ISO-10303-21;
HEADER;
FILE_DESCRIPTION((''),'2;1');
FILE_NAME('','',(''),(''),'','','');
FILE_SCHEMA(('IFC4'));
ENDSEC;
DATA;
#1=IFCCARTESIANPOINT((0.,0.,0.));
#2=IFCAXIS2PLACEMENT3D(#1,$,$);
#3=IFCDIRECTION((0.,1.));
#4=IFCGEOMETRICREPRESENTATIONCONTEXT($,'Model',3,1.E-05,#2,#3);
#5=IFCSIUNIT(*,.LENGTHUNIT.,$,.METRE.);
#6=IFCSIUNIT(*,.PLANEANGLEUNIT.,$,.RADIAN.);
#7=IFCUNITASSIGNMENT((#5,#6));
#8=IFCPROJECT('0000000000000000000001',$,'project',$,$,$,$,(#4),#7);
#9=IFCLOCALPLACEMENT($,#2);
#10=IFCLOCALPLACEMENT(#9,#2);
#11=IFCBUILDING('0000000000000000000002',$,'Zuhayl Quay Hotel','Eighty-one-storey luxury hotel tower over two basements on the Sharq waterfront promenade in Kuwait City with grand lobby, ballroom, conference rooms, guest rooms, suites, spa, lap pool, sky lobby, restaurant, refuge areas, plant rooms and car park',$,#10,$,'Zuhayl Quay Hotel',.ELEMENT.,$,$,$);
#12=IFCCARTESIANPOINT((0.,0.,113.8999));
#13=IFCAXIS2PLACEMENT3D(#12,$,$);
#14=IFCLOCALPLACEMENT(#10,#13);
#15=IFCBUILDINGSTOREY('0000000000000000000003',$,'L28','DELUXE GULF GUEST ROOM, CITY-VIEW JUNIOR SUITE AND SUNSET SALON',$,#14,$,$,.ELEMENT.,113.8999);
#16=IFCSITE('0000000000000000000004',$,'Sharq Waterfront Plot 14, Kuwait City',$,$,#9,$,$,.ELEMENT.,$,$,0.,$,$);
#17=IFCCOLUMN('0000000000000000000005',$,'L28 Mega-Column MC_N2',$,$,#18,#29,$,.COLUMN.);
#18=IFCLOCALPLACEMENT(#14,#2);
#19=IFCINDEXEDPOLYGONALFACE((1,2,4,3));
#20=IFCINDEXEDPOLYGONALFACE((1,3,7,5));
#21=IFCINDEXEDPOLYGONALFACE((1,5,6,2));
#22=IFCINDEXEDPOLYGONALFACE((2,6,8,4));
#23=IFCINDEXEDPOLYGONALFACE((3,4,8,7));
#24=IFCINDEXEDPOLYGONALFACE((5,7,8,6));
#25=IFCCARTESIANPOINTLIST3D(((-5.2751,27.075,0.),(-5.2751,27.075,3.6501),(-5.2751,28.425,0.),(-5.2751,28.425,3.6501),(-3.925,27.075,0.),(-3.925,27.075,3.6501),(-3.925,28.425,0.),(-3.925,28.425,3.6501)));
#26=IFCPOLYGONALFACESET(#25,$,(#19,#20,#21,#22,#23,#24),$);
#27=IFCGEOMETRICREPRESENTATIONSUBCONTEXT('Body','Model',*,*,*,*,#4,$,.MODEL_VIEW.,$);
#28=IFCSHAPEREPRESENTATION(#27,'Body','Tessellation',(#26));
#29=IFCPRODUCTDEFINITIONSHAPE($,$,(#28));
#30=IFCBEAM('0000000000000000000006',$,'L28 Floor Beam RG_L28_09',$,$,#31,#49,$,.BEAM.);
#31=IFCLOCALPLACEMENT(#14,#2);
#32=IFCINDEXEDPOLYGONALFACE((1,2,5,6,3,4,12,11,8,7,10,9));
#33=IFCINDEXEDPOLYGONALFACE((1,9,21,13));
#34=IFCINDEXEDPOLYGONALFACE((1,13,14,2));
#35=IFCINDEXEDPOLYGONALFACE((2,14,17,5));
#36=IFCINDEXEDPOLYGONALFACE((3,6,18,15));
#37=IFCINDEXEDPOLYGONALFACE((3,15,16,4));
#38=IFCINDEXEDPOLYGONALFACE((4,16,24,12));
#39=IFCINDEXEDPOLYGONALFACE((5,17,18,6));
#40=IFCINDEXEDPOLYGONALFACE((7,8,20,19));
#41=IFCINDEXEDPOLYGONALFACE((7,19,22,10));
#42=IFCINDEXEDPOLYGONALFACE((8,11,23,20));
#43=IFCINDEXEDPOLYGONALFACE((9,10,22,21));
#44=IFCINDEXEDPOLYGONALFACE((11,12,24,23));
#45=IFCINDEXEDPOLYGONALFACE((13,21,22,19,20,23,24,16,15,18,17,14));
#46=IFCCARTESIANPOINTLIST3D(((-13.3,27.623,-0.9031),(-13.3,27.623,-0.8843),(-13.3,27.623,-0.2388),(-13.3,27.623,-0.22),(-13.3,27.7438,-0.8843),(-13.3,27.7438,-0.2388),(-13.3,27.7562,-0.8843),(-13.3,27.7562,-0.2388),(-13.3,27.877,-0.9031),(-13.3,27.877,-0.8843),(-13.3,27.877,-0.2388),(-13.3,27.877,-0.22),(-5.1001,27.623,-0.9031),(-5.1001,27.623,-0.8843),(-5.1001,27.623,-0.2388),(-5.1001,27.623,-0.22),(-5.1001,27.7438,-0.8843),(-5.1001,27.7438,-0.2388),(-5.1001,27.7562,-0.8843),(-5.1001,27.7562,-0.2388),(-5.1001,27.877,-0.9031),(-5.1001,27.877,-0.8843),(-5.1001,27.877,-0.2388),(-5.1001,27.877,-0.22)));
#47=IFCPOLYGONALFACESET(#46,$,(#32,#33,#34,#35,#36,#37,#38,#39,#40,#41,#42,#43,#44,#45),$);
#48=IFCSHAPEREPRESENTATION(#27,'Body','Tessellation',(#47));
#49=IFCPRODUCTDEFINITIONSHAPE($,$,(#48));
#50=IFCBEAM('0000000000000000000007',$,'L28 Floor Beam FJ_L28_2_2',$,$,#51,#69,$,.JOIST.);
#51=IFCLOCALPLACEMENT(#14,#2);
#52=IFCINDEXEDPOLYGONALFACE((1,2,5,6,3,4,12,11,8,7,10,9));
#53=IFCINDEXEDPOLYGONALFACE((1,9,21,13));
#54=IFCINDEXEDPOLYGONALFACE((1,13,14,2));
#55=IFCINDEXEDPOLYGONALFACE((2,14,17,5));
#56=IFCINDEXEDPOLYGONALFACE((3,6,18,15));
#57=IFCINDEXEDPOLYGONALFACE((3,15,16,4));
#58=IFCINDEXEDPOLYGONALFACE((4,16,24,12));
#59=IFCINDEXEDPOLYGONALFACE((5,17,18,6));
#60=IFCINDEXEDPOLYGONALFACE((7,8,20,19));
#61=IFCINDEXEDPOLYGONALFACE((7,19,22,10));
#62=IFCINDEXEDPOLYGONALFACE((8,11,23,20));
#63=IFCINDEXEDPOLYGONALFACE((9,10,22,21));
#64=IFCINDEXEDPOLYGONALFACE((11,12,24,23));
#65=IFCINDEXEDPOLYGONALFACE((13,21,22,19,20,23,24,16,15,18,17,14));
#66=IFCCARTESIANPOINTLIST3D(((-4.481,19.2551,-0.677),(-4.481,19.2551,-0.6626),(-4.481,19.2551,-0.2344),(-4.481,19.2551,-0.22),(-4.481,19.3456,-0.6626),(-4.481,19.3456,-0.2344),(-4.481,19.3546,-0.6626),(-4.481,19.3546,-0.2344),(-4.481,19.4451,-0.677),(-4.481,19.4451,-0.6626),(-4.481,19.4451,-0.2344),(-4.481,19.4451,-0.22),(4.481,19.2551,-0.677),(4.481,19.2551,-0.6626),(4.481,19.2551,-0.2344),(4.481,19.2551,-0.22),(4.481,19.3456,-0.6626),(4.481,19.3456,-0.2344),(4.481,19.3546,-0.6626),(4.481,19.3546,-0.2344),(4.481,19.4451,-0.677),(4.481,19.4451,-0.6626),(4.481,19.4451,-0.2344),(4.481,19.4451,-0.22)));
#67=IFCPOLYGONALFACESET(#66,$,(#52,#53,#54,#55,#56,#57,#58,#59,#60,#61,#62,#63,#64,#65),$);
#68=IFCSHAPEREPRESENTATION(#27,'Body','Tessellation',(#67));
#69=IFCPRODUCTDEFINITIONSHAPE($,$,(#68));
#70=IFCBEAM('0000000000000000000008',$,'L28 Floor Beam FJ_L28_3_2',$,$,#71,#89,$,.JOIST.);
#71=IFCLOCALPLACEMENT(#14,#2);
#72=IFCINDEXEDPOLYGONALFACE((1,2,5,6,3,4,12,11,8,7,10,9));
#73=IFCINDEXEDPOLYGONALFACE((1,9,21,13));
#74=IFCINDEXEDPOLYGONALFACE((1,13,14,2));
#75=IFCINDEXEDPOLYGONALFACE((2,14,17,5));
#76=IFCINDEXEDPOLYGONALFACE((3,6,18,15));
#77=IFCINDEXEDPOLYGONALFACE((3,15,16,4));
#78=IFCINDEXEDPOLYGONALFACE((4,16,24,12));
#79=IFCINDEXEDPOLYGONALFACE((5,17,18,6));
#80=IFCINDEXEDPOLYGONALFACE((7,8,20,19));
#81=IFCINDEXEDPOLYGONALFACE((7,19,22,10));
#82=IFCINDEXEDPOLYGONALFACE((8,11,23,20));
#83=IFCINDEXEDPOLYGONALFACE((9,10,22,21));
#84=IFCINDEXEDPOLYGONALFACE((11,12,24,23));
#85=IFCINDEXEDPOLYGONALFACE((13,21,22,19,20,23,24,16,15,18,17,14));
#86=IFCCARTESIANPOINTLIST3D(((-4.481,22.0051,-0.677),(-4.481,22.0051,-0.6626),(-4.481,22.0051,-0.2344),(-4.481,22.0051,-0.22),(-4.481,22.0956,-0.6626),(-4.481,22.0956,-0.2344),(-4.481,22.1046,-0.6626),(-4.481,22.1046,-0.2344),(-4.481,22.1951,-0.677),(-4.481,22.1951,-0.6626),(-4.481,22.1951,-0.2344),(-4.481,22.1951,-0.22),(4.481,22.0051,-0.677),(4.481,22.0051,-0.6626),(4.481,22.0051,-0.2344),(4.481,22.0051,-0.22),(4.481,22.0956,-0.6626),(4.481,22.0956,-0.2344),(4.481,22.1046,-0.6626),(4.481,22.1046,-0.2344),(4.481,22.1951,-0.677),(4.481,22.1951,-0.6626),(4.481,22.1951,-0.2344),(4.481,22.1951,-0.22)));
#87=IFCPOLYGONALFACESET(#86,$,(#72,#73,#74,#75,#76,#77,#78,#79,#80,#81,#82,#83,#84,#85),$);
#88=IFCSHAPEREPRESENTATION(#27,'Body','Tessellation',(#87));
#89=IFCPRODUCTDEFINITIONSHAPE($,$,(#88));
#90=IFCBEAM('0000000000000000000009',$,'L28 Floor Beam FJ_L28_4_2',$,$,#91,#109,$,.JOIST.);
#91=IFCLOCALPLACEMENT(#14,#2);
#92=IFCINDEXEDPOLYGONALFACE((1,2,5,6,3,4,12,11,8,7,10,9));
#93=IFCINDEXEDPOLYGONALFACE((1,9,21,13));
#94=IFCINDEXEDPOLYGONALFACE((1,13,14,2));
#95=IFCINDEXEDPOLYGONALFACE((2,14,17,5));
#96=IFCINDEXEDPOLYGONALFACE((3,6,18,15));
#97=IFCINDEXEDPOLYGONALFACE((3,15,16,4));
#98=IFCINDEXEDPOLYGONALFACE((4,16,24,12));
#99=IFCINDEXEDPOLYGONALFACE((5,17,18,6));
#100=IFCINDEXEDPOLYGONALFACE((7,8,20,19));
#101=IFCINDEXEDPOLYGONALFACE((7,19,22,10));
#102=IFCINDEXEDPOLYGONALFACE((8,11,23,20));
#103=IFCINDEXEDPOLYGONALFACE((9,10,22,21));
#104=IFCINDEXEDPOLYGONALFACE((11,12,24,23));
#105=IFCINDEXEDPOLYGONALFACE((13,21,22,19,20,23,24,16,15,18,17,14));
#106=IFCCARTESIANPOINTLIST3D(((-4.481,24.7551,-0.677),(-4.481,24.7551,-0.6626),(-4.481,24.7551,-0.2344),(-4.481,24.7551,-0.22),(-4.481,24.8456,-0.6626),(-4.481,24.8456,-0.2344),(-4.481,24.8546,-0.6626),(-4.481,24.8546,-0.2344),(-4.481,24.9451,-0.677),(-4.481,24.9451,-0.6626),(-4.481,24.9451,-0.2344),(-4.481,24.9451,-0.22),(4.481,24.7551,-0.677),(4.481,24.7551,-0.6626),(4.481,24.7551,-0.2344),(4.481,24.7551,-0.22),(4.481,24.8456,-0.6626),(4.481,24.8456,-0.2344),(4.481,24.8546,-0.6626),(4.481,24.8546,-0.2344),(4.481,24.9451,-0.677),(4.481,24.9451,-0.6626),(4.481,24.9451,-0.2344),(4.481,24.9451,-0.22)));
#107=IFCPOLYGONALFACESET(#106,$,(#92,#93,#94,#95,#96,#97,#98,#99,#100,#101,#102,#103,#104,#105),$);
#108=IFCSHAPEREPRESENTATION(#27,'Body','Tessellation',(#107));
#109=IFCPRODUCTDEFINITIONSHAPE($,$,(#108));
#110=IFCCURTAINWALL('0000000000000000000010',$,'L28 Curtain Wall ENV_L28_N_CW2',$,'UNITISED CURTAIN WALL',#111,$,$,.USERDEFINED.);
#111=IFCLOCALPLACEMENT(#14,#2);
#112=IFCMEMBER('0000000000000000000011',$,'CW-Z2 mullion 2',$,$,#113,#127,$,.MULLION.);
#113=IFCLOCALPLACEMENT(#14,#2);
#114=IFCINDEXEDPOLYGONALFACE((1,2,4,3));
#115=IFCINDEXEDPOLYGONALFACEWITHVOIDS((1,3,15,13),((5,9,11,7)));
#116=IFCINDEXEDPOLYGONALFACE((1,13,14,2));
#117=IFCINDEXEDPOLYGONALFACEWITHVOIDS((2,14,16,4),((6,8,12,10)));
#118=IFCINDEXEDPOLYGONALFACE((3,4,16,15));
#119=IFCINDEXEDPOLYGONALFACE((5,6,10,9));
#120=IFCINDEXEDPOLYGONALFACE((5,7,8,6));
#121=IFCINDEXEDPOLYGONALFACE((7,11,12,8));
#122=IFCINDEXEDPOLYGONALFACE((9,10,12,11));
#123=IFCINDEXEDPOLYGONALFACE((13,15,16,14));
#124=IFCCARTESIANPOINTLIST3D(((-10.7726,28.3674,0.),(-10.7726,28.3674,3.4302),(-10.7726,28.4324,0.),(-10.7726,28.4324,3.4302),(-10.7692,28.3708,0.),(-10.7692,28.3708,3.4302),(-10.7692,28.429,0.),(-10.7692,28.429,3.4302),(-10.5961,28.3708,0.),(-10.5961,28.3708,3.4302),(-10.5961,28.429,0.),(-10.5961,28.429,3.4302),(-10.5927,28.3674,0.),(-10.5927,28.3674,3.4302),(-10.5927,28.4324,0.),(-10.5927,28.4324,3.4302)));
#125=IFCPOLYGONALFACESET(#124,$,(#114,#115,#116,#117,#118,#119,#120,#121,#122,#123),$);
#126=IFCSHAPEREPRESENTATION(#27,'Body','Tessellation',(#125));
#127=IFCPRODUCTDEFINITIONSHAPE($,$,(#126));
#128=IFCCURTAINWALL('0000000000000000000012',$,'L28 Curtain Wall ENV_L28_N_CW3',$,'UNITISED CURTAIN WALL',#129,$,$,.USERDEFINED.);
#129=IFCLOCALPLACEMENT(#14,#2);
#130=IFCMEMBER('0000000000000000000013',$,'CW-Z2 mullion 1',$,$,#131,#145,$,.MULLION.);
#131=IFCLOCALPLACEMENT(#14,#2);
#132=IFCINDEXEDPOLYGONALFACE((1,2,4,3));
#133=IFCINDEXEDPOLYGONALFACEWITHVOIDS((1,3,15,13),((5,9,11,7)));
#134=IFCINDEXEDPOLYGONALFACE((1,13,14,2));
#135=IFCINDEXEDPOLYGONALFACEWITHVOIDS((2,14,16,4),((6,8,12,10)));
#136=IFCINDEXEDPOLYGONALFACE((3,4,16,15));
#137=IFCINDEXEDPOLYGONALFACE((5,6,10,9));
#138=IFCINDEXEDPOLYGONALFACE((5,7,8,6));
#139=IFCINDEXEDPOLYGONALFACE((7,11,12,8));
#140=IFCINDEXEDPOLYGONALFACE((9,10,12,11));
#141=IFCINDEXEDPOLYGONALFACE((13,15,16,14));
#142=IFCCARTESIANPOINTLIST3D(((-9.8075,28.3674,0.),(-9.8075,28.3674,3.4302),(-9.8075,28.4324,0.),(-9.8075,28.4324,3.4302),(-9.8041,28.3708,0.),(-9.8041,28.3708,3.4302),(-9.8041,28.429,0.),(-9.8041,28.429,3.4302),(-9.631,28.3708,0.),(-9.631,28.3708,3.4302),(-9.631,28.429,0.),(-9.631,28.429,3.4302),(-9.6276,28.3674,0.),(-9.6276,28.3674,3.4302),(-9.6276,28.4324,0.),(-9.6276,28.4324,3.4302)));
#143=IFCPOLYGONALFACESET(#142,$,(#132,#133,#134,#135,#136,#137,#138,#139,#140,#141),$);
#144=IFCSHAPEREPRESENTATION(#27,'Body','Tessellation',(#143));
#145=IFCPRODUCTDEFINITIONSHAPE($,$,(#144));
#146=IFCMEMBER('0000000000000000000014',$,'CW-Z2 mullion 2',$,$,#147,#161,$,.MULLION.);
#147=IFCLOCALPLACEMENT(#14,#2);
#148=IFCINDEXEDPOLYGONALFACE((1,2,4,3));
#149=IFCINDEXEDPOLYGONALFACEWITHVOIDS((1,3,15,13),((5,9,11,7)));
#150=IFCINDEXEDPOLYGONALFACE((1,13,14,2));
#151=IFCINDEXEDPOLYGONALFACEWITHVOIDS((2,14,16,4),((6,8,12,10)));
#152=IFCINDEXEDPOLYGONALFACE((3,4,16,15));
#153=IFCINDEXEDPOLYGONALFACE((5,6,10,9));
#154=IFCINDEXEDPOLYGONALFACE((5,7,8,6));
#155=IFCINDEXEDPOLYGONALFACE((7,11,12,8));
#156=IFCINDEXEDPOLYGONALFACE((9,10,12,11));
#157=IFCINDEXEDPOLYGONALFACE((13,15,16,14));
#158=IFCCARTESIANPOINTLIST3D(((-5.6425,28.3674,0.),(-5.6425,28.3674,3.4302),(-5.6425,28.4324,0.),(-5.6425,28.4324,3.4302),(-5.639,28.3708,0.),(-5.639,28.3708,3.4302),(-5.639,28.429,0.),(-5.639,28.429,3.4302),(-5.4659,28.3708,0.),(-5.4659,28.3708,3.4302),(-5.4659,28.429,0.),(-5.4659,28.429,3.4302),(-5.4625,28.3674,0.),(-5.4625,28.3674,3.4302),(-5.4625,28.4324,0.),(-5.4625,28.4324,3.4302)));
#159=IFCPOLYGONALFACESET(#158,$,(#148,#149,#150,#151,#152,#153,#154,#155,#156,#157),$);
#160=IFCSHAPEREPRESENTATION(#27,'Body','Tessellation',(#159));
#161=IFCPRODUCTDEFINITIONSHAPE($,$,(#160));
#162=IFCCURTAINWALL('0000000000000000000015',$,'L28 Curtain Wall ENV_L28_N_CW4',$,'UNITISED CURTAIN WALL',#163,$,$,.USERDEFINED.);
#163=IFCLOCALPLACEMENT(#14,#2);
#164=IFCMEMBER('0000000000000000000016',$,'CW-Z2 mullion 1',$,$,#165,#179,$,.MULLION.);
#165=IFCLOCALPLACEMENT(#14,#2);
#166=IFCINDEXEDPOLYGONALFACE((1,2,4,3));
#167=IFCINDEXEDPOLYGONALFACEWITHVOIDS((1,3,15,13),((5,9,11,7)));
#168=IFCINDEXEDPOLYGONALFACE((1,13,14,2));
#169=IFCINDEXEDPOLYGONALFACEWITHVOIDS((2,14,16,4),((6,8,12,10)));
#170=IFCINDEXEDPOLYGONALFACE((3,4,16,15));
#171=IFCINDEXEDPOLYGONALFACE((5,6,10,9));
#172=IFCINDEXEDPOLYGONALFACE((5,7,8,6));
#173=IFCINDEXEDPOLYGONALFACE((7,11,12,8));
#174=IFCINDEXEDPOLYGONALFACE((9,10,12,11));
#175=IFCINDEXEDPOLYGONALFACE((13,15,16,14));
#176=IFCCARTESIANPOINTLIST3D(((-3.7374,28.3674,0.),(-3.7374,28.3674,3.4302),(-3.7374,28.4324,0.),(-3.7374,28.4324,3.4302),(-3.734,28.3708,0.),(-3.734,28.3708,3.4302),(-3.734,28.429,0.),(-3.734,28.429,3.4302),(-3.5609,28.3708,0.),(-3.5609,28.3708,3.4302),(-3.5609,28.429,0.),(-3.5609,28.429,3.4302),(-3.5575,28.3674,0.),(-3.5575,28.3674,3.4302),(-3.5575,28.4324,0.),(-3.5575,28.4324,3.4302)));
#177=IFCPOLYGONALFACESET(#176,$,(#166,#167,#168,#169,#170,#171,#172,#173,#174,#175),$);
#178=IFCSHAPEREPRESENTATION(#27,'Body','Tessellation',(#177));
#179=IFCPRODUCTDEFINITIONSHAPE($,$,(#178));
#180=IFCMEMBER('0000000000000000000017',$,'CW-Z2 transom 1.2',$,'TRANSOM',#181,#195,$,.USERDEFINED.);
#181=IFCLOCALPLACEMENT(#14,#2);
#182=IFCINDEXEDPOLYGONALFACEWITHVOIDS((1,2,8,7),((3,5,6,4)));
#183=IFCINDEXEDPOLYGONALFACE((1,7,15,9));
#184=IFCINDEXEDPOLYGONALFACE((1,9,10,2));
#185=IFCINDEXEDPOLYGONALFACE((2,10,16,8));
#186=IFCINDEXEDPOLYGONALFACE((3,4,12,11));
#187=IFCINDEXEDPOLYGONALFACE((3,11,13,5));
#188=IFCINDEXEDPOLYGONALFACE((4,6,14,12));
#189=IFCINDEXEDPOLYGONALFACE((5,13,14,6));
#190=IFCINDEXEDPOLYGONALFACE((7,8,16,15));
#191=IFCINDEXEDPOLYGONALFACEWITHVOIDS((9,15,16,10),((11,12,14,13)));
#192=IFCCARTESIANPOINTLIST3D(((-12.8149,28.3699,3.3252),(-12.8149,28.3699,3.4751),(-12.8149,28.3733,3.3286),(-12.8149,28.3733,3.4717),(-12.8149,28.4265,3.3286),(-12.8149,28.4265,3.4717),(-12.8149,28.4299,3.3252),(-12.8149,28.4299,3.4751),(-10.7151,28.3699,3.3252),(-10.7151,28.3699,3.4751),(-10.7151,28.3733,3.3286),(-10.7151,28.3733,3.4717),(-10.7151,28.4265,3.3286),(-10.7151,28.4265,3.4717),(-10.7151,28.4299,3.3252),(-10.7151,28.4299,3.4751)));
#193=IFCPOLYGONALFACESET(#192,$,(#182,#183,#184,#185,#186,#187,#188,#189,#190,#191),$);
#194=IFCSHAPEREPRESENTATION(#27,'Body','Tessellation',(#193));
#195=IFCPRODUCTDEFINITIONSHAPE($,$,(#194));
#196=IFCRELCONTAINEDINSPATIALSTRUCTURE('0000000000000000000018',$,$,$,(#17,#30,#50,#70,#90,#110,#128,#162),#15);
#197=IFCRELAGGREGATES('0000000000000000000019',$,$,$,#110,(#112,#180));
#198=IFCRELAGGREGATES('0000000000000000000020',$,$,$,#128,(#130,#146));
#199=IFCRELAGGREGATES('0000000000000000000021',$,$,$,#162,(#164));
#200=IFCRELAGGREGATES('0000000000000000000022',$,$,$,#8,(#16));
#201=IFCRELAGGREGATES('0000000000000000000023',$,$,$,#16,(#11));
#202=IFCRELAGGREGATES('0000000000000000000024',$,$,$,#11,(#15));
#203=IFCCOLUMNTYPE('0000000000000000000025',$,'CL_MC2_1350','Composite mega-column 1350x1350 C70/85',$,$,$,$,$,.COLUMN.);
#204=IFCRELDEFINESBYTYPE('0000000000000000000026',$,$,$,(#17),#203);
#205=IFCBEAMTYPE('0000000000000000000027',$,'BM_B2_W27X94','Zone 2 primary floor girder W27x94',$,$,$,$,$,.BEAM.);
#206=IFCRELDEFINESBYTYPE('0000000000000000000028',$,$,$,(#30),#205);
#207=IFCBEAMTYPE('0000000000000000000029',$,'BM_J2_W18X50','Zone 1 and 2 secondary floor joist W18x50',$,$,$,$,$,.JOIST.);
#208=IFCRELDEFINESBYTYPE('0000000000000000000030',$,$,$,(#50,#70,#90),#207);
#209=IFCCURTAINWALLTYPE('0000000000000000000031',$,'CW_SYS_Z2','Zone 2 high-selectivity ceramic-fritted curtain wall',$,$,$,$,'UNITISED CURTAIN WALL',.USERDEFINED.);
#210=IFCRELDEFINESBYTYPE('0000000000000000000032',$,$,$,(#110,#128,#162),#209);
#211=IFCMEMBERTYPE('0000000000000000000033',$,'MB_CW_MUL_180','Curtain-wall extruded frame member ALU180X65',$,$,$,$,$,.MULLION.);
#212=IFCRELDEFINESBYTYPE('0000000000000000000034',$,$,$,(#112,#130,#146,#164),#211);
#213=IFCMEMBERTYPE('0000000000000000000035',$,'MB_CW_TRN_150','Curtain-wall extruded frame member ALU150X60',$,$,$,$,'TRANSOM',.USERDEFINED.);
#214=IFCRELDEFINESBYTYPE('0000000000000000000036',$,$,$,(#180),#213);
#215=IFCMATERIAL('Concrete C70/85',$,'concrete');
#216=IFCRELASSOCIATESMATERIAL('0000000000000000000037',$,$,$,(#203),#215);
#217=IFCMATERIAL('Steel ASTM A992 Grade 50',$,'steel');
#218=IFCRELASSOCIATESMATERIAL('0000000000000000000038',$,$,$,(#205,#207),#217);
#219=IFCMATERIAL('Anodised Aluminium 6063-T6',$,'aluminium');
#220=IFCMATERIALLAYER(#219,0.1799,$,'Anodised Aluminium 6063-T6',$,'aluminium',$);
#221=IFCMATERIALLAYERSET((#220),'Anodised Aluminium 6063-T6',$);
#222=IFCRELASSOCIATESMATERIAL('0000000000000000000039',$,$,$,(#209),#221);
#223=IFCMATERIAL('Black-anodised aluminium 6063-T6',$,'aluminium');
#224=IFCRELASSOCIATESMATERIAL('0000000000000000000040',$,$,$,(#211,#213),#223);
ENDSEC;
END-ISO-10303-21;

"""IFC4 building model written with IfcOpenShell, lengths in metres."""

from ifc_helpers import new_model, si_unit, direction, frame, origin, origin_2d, place, context, subcontext, project, spatial, rectangle, hollow_rectangle, i_section, extrude, material, layer, layer_set, material_profile, profile_set, type_object, element, aggregate, save


model = new_model("IFC4")

# Units and contexts
model_context = context("Model", 3, precision=1e-05, world=origin(), true_north=direction((0.0, 1.0)))
body_context = subcontext(model_context, "Body", "Model", "MODEL_VIEW")
ifc_project = project(units=[si_unit("LENGTHUNIT", "METRE"), si_unit("PLANEANGLEUNIT", "RADIAN")], contexts=[model_context])

# Site, building, storey
site_placement = place(None, origin())
site = spatial("IfcSite", under=ifc_project, at=site_placement, Name="Sharq Waterfront Plot 14, Kuwait City", CompositionType="ELEMENT", RefElevation=0.0)
building_placement = place(site_placement, origin())
building = spatial("IfcBuilding", under=site, at=building_placement, Name="Zuhayl Quay Hotel", Description="Eighty-one-storey luxury hotel tower over two basements on the Sharq waterfront promenade in Kuwait City with grand lobby, ballroom, conference rooms, guest rooms, suites, spa, lap pool, sky lobby, restaurant, refuge areas, plant rooms and car park", LongName="Zuhayl Quay Hotel", CompositionType="ELEMENT")
storey_placement = place(building_placement, frame((0.0, 0.0, 113.8999)))
storey = spatial("IfcBuildingStorey", under=building, at=storey_placement, Name="L28", Description="DELUXE GULF GUEST ROOM, CITY-VIEW JUNIOR SUITE AND SUNSET SALON", CompositionType="ELEMENT", Elevation=113.8999)

# Column
ifc_material_1 = material(Name="Concrete C70/85", Category="concrete")
ifc_material_profile_1 = material_profile(ifc_material_1, rectangle(XDim=1.3501, YDim=1.3501, at=origin_2d()), Name="RC1350X1350")
ifc_profile_set_1 = profile_set([ifc_material_profile_1], Name="Concrete C70/85")
column_type = type_object("IfcColumnType", Name="CL_MC2_1350", Description="Composite mega-column 1350x1350 C70/85", PredefinedType="COLUMN", material=ifc_profile_set_1)
column_placement = place(storey_placement, frame((-4.6001, 27.75, 0.0), z_axis=(0.0, 0.0, 1.0), x_axis=(1.0, 0.0, 0.0)))
element("IfcColumn", 1, at=column_placement, inside=storey, type_object=column_type, Name="L28 Mega-Column MC_N2", PredefinedType="COLUMN", context=body_context, shape_type="SweptSolid", body=[
    extrude(rectangle(XDim=1.3501, YDim=1.3501, at=origin_2d()), origin(), (0.0, 0.0, 1.0), 3.6501),
])

# Beams
ifc_material_2 = material(Name="Steel ASTM A992 Grade 50", Category="steel")
ifc_material_profile_2 = material_profile(ifc_material_2, i_section(OverallWidth=0.2539, OverallDepth=0.6831, WebThickness=0.0125, FlangeThickness=0.0188, at=origin_2d()), Name="W27X94")
ifc_profile_set_2 = profile_set([ifc_material_profile_2], Name="Steel ASTM A992 Grade 50")
beam_type_1 = type_object("IfcBeamType", Name="BM_B2_W27X94", Description="Zone 2 primary floor girder W27x94", PredefinedType="BEAM", material=ifc_profile_set_2)
beam_placement = place(storey_placement, frame((-5.1001, 27.75, -0.5615), z_axis=(-1.0, 0.0, 0.0), x_axis=(0.0, -1.0, 0.0)))
element("IfcBeam", 2, at=beam_placement, inside=storey, type_object=beam_type_1, Name="L28 Floor Beam RG_L28_09", PredefinedType="BEAM", context=body_context, shape_type="SweptSolid", body=[
    extrude(i_section(OverallWidth=0.2539, OverallDepth=0.6831, WebThickness=0.0125, FlangeThickness=0.0188, at=origin_2d()), origin(), (0.0, 0.0, 1.0), 8.2),
])
ifc_material_profile_3 = material_profile(ifc_material_2, i_section(OverallWidth=0.1899, OverallDepth=0.457, WebThickness=0.009, FlangeThickness=0.0144, at=origin_2d()), Name="W18X50")
ifc_profile_set_3 = profile_set([ifc_material_profile_3], Name="Steel ASTM A992 Grade 50")
beam_type_2 = type_object("IfcBeamType", Name="BM_J2_W18X50", Description="Zone 1 and 2 secondary floor joist W18x50", PredefinedType="JOIST", material=ifc_profile_set_3)
for number, where, z_axis, x_axis, name in (
    (3, (-4.481, 19.3501, -0.4485), (1.0, 0.0, 0.0), (0.0, 1.0, 0.0), "L28 Floor Beam FJ_L28_2_2"),
    (4, (-4.481, 22.1001, -0.4485), (1.0, 0.0, 0.0), (0.0, 1.0, 0.0), "L28 Floor Beam FJ_L28_3_2"),
    (5, (-4.481, 24.8501, -0.4485), (1.0, 0.0, 0.0), (0.0, 1.0, 0.0), "L28 Floor Beam FJ_L28_4_2"),
):
    element("IfcBeam", number, at=place(storey_placement, frame(where, z_axis=z_axis, x_axis=x_axis)), inside=storey, type_object=beam_type_2, Name=name, PredefinedType="JOIST", context=body_context, shape_type="SweptSolid", body=[
        extrude(i_section(OverallWidth=0.1899, OverallDepth=0.457, WebThickness=0.009, FlangeThickness=0.0144, at=origin_2d()), origin(), (0.0, 0.0, 1.0), 8.9619),
    ])

# Curtain wall, member
ifc_material_3 = material(Name="Anodised Aluminium 6063-T6", Category="aluminium")
ifc_layer_1 = layer(ifc_material_3, 0.1799, Name="Anodised Aluminium 6063-T6", Category="aluminium")
ifc_layer_set_1 = layer_set([ifc_layer_1], Name="Anodised Aluminium 6063-T6")
curtain_wall_type = type_object("IfcCurtainWallType", Name="CW_SYS_Z2", Description="Zone 2 high-selectivity ceramic-fritted curtain wall", ElementType="UNITISED CURTAIN WALL", PredefinedType="USERDEFINED", material=ifc_layer_set_1)
curtain_wall_1_placement = place(storey_placement, origin())
curtain_wall_1 = element("IfcCurtainWall", 6, at=curtain_wall_1_placement, inside=storey, type_object=curtain_wall_type, Name="L28 Curtain Wall ENV_L28_N_CW2", ObjectType="UNITISED CURTAIN WALL", PredefinedType="USERDEFINED")
ifc_material_4 = material(Name="Black-anodised aluminium 6063-T6", Category="aluminium")
ifc_material_profile_4 = material_profile(ifc_material_4, hollow_rectangle(XDim=0.0649, YDim=0.1799, WallThickness=0.0034, at=origin_2d()), Name="ALU180X65")
ifc_profile_set_4 = profile_set([ifc_material_profile_4], Name="Black-anodised aluminium 6063-T6")
member_type_1 = type_object("IfcMemberType", Name="MB_CW_MUL_180", Description="Curtain-wall extruded frame member ALU180X65", PredefinedType="MULLION", material=ifc_profile_set_4)
member_1_placement = place(storey_placement, frame((-10.6826, 28.3999, 0.0), z_axis=(0.0, 0.0, 1.0), x_axis=(0.0, 1.0, 0.0)))
member_1 = element("IfcMember", 7, at=member_1_placement, type_object=member_type_1, Name="CW-Z2 mullion 2", PredefinedType="MULLION", context=body_context, shape_type="SweptSolid", body=[
    extrude(hollow_rectangle(XDim=0.0649, YDim=0.1799, WallThickness=0.0034, at=origin_2d()), origin(), (0.0, 0.0, 1.0), 3.4302),
])

# Curtain wall, members
curtain_wall_2_placement = place(storey_placement, origin())
curtain_wall_2 = element("IfcCurtainWall", 8, at=curtain_wall_2_placement, inside=storey, type_object=curtain_wall_type, Name="L28 Curtain Wall ENV_L28_N_CW3", ObjectType="UNITISED CURTAIN WALL", PredefinedType="USERDEFINED")
member_2_placement = place(storey_placement, frame((-9.7175, 28.3999, 0.0), z_axis=(0.0, 0.0, 1.0), x_axis=(0.0, 1.0, 0.0)))
member_2 = element("IfcMember", 9, at=member_2_placement, type_object=member_type_1, Name="CW-Z2 mullion 1", PredefinedType="MULLION", context=body_context, shape_type="SweptSolid", body=[
    extrude(hollow_rectangle(XDim=0.0649, YDim=0.1799, WallThickness=0.0034, at=origin_2d()), origin(), (0.0, 0.0, 1.0), 3.4302),
])
member_3_placement = place(storey_placement, frame((-5.5525, 28.3999, 0.0), z_axis=(0.0, 0.0, 1.0), x_axis=(0.0, 1.0, 0.0)))
member_3 = element("IfcMember", 10, at=member_3_placement, type_object=member_type_1, Name="CW-Z2 mullion 2", PredefinedType="MULLION", context=body_context, shape_type="SweptSolid", body=[
    extrude(hollow_rectangle(XDim=0.0649, YDim=0.1799, WallThickness=0.0034, at=origin_2d()), origin(), (0.0, 0.0, 1.0), 3.4302),
])

# Curtain wall, member
curtain_wall_3_placement = place(storey_placement, origin())
curtain_wall_3 = element("IfcCurtainWall", 11, at=curtain_wall_3_placement, inside=storey, type_object=curtain_wall_type, Name="L28 Curtain Wall ENV_L28_N_CW4", ObjectType="UNITISED CURTAIN WALL", PredefinedType="USERDEFINED")
member_4_placement = place(storey_placement, frame((-3.6475, 28.3999, 0.0), z_axis=(0.0, 0.0, 1.0), x_axis=(0.0, 1.0, 0.0)))
member_4 = element("IfcMember", 12, at=member_4_placement, type_object=member_type_1, Name="CW-Z2 mullion 1", PredefinedType="MULLION", context=body_context, shape_type="SweptSolid", body=[
    extrude(hollow_rectangle(XDim=0.0649, YDim=0.1799, WallThickness=0.0034, at=origin_2d()), origin(), (0.0, 0.0, 1.0), 3.4302),
])

# Member
ifc_material_profile_5 = material_profile(ifc_material_4, hollow_rectangle(XDim=0.0601, YDim=0.1499, WallThickness=0.0034, at=origin_2d()), Name="ALU150X60")
ifc_profile_set_5 = profile_set([ifc_material_profile_5], Name="Black-anodised aluminium 6063-T6")
member_type_2 = type_object("IfcMemberType", Name="MB_CW_TRN_150", Description="Curtain-wall extruded frame member ALU150X60", ElementType="TRANSOM", PredefinedType="USERDEFINED", material=ifc_profile_set_5)
member_5_placement = place(storey_placement, frame((-12.8149, 28.3999, 3.4001), z_axis=(1.0, 0.0, 0.0), x_axis=(0.0, 1.0, 0.0)))
member_5 = element("IfcMember", 13, at=member_5_placement, type_object=member_type_2, Name="CW-Z2 transom 1.2", ObjectType="TRANSOM", PredefinedType="USERDEFINED", context=body_context, shape_type="SweptSolid", body=[
    extrude(hollow_rectangle(XDim=0.0601, YDim=0.1499, WallThickness=0.0034, at=origin_2d()), origin(), (0.0, 0.0, 1.0), 2.0999),
])

aggregate(curtain_wall_1, [member_1, member_5])
aggregate(curtain_wall_2, [member_2, member_3])
aggregate(curtain_wall_3, [member_4])

save(model, "model.ifc")
